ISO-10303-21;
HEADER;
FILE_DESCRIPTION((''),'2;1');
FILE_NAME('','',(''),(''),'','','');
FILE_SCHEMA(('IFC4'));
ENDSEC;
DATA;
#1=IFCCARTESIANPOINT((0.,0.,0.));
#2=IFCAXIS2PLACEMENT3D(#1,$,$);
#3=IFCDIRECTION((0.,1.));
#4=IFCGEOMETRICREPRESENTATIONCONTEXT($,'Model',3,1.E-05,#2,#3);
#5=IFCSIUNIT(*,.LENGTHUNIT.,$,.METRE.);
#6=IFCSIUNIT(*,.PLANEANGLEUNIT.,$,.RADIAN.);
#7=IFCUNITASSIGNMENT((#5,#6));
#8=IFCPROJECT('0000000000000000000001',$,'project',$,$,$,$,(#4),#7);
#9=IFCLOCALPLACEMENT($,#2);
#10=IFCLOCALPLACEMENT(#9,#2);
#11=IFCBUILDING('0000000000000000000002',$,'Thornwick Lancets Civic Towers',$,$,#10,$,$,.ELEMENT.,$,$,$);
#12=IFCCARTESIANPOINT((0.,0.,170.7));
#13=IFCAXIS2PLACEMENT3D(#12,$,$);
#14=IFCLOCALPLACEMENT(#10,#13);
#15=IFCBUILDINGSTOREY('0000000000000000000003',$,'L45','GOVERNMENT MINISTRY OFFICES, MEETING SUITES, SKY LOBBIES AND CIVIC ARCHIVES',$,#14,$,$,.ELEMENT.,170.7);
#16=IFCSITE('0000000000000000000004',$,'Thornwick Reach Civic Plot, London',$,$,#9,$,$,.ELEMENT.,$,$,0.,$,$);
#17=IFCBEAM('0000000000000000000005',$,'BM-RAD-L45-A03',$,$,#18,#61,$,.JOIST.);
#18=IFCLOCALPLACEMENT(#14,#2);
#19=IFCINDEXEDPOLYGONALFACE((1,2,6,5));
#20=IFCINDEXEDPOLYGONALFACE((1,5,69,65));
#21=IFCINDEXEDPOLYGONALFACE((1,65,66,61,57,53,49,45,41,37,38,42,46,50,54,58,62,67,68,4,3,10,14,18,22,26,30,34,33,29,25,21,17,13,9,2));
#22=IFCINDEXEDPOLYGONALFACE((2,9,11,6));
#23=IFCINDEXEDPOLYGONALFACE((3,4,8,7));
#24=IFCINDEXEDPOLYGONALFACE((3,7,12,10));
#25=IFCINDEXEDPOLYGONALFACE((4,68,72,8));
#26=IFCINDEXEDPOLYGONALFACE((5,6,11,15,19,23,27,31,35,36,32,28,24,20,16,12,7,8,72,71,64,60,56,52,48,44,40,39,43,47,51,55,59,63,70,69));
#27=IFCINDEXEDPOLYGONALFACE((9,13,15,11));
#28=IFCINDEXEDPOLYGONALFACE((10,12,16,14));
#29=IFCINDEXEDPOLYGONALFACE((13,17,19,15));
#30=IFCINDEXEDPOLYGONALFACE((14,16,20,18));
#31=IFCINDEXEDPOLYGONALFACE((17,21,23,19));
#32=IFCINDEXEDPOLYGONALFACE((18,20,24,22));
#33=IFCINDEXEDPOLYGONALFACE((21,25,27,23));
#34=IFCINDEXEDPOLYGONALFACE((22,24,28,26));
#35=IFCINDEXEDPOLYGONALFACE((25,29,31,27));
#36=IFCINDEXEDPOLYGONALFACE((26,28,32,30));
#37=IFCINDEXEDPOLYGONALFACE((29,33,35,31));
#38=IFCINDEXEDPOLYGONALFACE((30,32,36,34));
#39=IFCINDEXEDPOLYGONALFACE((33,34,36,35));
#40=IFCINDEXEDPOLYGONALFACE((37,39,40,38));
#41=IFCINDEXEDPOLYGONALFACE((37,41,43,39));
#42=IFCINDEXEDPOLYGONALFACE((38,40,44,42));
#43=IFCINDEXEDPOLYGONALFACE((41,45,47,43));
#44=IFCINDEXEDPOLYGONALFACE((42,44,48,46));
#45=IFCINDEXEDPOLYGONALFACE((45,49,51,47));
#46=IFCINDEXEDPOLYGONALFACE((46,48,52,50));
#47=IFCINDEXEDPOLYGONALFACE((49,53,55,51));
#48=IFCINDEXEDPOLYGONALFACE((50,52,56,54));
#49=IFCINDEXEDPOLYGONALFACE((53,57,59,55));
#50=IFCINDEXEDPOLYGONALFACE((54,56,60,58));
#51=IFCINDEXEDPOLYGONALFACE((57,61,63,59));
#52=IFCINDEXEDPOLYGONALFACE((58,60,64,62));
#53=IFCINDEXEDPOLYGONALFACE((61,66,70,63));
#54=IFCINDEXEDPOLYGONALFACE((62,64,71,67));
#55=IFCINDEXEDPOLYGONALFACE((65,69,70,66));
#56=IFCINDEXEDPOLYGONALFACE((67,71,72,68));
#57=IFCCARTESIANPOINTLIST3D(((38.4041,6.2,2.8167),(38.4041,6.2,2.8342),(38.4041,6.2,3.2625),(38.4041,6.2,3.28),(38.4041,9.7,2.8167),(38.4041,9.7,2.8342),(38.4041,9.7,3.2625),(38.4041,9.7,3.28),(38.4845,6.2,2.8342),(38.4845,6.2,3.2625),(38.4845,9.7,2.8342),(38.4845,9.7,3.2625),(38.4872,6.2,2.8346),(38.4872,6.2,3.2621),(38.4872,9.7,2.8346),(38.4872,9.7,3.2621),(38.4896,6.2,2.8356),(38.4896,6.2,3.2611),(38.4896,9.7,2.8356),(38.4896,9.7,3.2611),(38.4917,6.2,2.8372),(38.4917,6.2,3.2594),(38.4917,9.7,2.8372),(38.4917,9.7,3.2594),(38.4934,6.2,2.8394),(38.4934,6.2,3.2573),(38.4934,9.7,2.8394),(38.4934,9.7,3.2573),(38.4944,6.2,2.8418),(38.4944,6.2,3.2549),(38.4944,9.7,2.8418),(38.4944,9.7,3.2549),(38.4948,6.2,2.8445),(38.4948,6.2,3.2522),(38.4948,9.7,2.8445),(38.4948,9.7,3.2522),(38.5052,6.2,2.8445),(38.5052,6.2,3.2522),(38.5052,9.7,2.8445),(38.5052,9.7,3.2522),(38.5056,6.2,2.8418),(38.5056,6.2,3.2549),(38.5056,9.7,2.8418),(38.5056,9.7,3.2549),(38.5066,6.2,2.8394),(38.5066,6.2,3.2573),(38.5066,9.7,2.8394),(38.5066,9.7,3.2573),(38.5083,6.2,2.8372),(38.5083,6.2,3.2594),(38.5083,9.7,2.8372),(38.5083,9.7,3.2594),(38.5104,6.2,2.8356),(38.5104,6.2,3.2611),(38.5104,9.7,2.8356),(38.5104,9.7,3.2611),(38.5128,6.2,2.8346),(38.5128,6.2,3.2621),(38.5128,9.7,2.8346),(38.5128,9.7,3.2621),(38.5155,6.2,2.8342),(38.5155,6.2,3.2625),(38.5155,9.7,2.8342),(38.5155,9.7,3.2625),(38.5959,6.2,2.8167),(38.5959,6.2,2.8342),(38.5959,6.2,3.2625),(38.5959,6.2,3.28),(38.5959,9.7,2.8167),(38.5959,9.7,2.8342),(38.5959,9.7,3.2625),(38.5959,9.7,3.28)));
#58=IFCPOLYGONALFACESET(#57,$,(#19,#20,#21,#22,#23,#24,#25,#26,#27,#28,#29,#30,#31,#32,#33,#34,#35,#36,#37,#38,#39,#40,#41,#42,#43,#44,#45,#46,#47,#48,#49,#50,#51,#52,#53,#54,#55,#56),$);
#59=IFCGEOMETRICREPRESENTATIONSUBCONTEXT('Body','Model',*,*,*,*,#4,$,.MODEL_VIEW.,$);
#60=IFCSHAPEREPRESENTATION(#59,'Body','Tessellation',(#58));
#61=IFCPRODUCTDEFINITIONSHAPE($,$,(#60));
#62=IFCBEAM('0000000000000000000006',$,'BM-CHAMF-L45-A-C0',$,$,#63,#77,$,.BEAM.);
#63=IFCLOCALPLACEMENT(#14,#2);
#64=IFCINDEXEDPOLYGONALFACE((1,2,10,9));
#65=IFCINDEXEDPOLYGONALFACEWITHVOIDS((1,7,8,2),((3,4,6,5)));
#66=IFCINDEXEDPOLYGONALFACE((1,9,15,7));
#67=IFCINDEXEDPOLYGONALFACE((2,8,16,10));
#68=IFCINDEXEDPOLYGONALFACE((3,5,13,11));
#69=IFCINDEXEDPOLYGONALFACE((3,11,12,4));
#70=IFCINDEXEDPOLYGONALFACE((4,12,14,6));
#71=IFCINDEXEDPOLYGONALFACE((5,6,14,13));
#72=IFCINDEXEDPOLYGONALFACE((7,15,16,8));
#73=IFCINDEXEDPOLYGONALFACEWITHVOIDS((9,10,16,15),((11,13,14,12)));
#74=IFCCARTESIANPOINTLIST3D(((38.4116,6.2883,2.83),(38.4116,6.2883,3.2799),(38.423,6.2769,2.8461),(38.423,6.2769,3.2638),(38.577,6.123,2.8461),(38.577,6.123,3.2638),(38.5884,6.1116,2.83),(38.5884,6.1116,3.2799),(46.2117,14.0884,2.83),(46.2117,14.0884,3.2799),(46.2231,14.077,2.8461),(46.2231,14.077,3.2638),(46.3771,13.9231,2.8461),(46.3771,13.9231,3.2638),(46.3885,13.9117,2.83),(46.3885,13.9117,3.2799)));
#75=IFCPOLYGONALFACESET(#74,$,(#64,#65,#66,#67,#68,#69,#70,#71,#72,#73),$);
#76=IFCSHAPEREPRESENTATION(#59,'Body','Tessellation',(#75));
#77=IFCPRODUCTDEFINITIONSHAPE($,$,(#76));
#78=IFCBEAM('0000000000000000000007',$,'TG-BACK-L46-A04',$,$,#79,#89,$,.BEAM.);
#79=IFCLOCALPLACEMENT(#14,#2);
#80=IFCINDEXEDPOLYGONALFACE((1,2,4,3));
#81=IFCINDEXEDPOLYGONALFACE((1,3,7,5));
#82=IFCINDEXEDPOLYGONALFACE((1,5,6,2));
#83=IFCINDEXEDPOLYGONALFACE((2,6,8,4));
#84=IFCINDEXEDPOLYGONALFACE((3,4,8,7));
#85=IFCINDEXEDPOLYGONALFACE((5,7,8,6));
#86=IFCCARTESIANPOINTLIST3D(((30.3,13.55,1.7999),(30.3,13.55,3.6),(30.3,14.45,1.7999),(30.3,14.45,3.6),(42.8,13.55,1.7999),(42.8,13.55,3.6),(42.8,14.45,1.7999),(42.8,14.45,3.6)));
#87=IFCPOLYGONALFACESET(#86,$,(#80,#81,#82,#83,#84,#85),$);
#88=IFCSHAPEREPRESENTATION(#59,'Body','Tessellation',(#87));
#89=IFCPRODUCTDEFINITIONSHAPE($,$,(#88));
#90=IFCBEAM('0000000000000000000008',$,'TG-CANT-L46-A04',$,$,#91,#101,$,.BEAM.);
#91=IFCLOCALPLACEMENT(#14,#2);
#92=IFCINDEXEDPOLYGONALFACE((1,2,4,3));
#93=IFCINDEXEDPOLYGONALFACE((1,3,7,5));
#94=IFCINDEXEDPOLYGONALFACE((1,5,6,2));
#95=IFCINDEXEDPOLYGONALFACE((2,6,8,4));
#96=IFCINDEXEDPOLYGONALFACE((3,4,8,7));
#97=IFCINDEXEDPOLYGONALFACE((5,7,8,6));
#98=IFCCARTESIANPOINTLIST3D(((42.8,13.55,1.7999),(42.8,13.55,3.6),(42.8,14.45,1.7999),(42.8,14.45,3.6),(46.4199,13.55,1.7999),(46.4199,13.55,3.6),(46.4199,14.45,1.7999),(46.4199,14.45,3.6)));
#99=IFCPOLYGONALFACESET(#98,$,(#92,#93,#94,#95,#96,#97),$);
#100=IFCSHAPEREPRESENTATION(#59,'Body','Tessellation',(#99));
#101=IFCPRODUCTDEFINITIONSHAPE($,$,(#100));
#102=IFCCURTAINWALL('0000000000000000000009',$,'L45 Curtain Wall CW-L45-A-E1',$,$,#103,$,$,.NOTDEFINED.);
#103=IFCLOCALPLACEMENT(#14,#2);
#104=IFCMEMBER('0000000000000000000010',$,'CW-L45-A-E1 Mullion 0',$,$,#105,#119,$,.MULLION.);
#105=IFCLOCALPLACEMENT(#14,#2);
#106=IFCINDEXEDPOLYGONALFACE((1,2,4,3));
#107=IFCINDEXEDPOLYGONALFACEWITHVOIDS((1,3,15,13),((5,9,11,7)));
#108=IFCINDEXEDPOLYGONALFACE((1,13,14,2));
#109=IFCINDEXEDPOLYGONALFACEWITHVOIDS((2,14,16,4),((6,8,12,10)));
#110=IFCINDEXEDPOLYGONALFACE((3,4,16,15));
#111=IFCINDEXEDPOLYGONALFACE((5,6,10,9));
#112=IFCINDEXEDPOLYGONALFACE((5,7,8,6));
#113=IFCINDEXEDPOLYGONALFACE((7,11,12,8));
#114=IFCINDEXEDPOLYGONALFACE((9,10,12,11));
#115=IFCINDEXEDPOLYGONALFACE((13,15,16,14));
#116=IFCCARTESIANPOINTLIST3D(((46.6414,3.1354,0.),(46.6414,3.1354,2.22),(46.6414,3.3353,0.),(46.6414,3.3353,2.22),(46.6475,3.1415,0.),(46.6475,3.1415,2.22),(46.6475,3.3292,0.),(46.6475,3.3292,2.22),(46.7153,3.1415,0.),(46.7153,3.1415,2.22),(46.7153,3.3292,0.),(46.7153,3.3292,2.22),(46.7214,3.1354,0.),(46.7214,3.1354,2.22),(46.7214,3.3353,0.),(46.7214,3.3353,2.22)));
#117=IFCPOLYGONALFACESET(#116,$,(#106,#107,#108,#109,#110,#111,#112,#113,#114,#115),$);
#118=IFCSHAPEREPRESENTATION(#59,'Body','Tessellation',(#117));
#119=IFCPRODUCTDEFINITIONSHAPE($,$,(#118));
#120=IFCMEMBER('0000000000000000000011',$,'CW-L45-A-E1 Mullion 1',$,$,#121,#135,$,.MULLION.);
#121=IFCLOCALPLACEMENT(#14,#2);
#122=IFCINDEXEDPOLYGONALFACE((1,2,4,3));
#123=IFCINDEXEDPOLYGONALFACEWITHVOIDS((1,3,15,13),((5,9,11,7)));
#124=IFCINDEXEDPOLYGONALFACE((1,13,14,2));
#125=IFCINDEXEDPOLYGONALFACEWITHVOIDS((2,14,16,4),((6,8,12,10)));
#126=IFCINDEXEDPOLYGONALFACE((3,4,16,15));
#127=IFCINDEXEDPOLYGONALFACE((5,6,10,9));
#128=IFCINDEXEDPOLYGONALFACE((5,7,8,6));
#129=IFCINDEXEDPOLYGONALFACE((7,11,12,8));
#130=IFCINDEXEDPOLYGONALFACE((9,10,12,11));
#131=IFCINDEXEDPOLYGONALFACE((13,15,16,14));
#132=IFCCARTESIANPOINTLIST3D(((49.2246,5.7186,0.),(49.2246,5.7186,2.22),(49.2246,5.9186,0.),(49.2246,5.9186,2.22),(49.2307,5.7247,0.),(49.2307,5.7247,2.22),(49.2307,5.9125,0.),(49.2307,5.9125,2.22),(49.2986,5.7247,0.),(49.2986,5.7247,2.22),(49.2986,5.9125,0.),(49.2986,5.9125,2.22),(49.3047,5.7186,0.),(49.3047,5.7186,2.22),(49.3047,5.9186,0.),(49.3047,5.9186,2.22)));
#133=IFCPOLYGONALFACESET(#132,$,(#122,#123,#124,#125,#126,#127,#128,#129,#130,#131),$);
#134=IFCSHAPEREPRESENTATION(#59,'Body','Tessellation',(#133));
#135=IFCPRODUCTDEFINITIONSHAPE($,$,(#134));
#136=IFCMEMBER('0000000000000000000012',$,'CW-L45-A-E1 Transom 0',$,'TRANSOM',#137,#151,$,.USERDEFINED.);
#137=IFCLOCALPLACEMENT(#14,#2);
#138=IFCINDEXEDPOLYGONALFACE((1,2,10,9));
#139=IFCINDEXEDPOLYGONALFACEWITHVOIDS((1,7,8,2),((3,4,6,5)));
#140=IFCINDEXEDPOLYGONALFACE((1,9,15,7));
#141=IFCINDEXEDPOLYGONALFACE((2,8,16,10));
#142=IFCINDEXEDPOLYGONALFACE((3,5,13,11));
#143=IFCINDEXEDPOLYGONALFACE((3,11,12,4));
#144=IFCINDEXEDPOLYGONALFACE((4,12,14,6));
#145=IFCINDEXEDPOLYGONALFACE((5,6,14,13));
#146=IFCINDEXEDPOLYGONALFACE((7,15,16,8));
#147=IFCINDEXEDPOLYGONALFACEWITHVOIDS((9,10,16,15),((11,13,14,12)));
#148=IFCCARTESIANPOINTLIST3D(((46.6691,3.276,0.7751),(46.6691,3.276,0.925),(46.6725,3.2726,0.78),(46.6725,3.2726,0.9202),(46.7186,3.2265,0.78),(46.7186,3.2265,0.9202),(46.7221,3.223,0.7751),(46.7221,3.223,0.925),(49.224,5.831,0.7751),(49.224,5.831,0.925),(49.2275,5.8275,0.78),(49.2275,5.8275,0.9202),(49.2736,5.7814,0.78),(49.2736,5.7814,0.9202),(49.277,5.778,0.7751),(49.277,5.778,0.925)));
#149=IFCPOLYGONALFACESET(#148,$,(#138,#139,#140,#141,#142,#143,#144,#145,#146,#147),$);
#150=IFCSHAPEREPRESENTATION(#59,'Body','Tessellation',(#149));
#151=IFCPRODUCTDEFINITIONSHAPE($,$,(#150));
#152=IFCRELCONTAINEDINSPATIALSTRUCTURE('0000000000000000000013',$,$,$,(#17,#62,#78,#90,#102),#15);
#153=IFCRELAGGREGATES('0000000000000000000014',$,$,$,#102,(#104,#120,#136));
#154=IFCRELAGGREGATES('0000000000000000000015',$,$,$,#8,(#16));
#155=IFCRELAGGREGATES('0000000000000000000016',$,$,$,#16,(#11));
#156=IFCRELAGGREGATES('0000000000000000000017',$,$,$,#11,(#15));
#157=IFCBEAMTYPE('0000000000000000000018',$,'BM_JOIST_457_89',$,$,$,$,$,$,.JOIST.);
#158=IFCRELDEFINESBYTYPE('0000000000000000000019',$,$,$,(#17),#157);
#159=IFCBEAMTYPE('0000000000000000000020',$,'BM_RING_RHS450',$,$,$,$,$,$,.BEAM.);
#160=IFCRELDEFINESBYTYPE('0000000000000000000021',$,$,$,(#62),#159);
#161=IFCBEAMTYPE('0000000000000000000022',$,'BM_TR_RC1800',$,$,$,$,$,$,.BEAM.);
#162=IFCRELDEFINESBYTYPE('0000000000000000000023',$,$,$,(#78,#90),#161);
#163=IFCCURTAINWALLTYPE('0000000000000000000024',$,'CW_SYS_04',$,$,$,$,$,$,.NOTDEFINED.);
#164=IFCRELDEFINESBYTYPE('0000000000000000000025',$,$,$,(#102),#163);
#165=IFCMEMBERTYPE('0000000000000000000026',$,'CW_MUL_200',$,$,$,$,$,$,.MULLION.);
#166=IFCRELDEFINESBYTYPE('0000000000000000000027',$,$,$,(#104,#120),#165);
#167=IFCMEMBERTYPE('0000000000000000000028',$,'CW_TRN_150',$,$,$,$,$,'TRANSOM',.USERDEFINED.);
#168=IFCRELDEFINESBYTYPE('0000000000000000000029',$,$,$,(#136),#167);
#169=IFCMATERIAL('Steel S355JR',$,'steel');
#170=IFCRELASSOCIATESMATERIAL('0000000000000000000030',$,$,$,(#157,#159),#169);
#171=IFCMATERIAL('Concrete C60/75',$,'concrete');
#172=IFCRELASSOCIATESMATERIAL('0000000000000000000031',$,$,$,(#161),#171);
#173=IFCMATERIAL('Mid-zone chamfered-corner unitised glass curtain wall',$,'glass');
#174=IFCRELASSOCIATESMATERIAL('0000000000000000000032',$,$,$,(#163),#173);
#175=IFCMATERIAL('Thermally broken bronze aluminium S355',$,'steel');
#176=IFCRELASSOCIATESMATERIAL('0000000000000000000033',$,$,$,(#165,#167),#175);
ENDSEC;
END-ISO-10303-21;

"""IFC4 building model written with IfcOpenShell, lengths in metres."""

from ifc_helpers import new_model, si_unit, direction, frame, origin, origin_2d, place, context, subcontext, project, spatial, rectangle, hollow_rectangle, i_section, extrude, material, material_profile, profile_set, type_object, element, aggregate, save


model = new_model("IFC4")

# Units and contexts
model_context = context("Model", 3, precision=1e-05, world=origin(), true_north=direction((0.0, 1.0)))
body_context = subcontext(model_context, "Body", "Model", "MODEL_VIEW")
ifc_project = project(units=[si_unit("LENGTHUNIT", "METRE"), si_unit("PLANEANGLEUNIT", "RADIAN")], contexts=[model_context])

# Site, building, storey
site_placement = place(None, origin())
site = spatial("IfcSite", under=ifc_project, at=site_placement, Name="Thornwick Reach Civic Plot, London", CompositionType="ELEMENT", RefElevation=0.0)
building_placement = place(site_placement, origin())
building = spatial("IfcBuilding", under=site, at=building_placement, Name="Thornwick Lancets Civic Towers", CompositionType="ELEMENT")
storey_placement = place(building_placement, frame((0.0, 0.0, 170.7)))
storey = spatial("IfcBuildingStorey", under=building, at=storey_placement, Name="L45", Description="GOVERNMENT MINISTRY OFFICES, MEETING SUITES, SKY LOBBIES AND CIVIC ARCHIVES", CompositionType="ELEMENT", Elevation=170.7)

# Beams
ifc_material_1 = material(Name="Concrete C60/75", Category="concrete")
ifc_material_2 = material(Name="Steel S355JR", Category="steel")
ifc_material_profile_1 = material_profile(ifc_material_2, i_section(OverallWidth=0.1919, OverallDepth=0.4634, WebThickness=0.0105, FlangeThickness=0.0176, FilletRadius=0.0103, at=origin_2d()), Name="UKB 457x191x89")
ifc_profile_set_1 = profile_set([ifc_material_profile_1], Name="Steel S355JR")
beam_type_1 = type_object("IfcBeamType", Name="BM_JOIST_457_89", PredefinedType="JOIST", material=ifc_profile_set_1)
for number, where, z_axis, x_axis, name in (
    (1, (38.5, 9.7, 3.0483), (0.0, -1.0, 0.0), (1.0, 0.0, 0.0), "BM-RAD-L45-A03"),
):
    element("IfcBeam", number, at=place(storey_placement, frame(where, z_axis=z_axis, x_axis=x_axis)), inside=storey, type_object=beam_type_1, Name=name, PredefinedType="JOIST", context=body_context, shape_type="SweptSolid", body=[
        extrude(i_section(OverallWidth=0.1919, OverallDepth=0.4634, WebThickness=0.0105, FlangeThickness=0.0176, FilletRadius=0.0103, at=origin_2d()), origin(), (0.0, 0.0, 1.0), 3.5),
    ])
ifc_material_profile_2 = material_profile(ifc_material_2, hollow_rectangle(XDim=0.25, YDim=0.45, WallThickness=0.0161, at=origin_2d()), Name="RHS 450x250x16")
ifc_profile_set_2 = profile_set([ifc_material_profile_2], Name="Steel S355JR")
beam_type_2 = type_object("IfcBeamType", Name="BM_RING_RHS450", PredefinedType="BEAM", material=ifc_profile_set_2)
beam_1_placement = place(storey_placement, frame((38.5, 6.2, 3.0549), z_axis=(0.707107, 0.707107, 0.0), x_axis=(-0.707107, 0.707107, 0.0)))
element("IfcBeam", 2, at=beam_1_placement, inside=storey, type_object=beam_type_2, Name="BM-CHAMF-L45-A-C0", PredefinedType="BEAM", context=body_context, shape_type="SweptSolid", body=[
    extrude(hollow_rectangle(XDim=0.25, YDim=0.45, WallThickness=0.0161, at=origin_2d()), origin(), (0.0, 0.0, 1.0), 11.031),
])
ifc_material_profile_3 = material_profile(ifc_material_1, rectangle(XDim=0.8999, YDim=1.8, at=origin_2d()), Name="RC 900x1800")
ifc_profile_set_3 = profile_set([ifc_material_profile_3], Name="Concrete C60/75")
beam_type_3 = type_object("IfcBeamType", Name="BM_TR_RC1800", PredefinedType="BEAM", material=ifc_profile_set_3)
beam_2_placement = place(storey_placement, frame((30.3, 14.0, 2.7), z_axis=(1.0, 0.0, 0.0), x_axis=(0.0, 1.0, 0.0)))
element("IfcBeam", 3, at=beam_2_placement, inside=storey, type_object=beam_type_3, Name="TG-BACK-L46-A04", PredefinedType="BEAM", context=body_context, shape_type="SweptSolid", body=[
    extrude(rectangle(XDim=0.8999, YDim=1.8, at=origin_2d()), origin(), (0.0, 0.0, 1.0), 12.5),
])
beam_3_placement = place(storey_placement, frame((42.8, 14.0, 2.7), z_axis=(1.0, 0.0, 0.0), x_axis=(0.0, 1.0, 0.0)))
element("IfcBeam", 4, at=beam_3_placement, inside=storey, type_object=beam_type_3, Name="TG-CANT-L46-A04", PredefinedType="BEAM", context=body_context, shape_type="SweptSolid", body=[
    extrude(rectangle(XDim=0.8999, YDim=1.8, at=origin_2d()), origin(), (0.0, 0.0, 1.0), 3.6199),
])

# Curtain wall, members
ifc_material_3 = material(Name="Mid-zone chamfered-corner unitised glass curtain wall", Category="glass")
curtain_wall_type = type_object("IfcCurtainWallType", Name="CW_SYS_04", PredefinedType="NOTDEFINED", material=ifc_material_3)
curtain_wall_placement = place(storey_placement, origin())
curtain_wall = element("IfcCurtainWall", 5, at=curtain_wall_placement, inside=storey, type_object=curtain_wall_type, Name="L45 Curtain Wall CW-L45-A-E1", PredefinedType="NOTDEFINED")
ifc_material_4 = material(Name="Thermally broken bronze aluminium S355", Category="steel")
ifc_material_profile_4 = material_profile(ifc_material_4, hollow_rectangle(XDim=0.0801, YDim=0.2, WallThickness=0.0061, at=origin_2d()), Name="RHS 200x80x6")
ifc_profile_set_4 = profile_set([ifc_material_profile_4], Name="Thermally broken bronze aluminium S355")
member_type_1 = type_object("IfcMemberType", Name="CW_MUL_200", PredefinedType="MULLION", material=ifc_profile_set_4)
member_1_placement = place(storey_placement, frame((46.6814, 3.2354, 0.0), z_axis=(0.0, 0.0, 1.0), x_axis=(1.0, 0.0, 0.0)))
member_1 = element("IfcMember", 6, at=member_1_placement, type_object=member_type_1, Name="CW-L45-A-E1 Mullion 0", PredefinedType="MULLION", context=body_context, shape_type="SweptSolid", body=[
    extrude(hollow_rectangle(XDim=0.0801, YDim=0.2, WallThickness=0.0061, at=origin_2d()), origin(), (0.0, 0.0, 1.0), 2.22),
])
member_2_placement = place(storey_placement, frame((49.2646, 5.8186, 0.0), z_axis=(0.0, 0.0, 1.0), x_axis=(1.0, 0.0, 0.0)))
member_2 = element("IfcMember", 7, at=member_2_placement, type_object=member_type_1, Name="CW-L45-A-E1 Mullion 1", PredefinedType="MULLION", context=body_context, shape_type="SweptSolid", body=[
    extrude(hollow_rectangle(XDim=0.0801, YDim=0.2, WallThickness=0.0061, at=origin_2d()), origin(), (0.0, 0.0, 1.0), 2.22),
])
ifc_material_profile_5 = material_profile(ifc_material_4, hollow_rectangle(XDim=0.075, YDim=0.1499, WallThickness=0.0049, at=origin_2d()), Name="RHS 150x75x5")
ifc_profile_set_5 = profile_set([ifc_material_profile_5], Name="Thermally broken bronze aluminium S355")
member_type_2 = type_object("IfcMemberType", Name="CW_TRN_150", ElementType="TRANSOM", PredefinedType="USERDEFINED", material=ifc_profile_set_5)
member_3_placement = place(storey_placement, frame((46.6956, 3.2495, 0.8501), z_axis=(0.707107, 0.707107, 0.0), x_axis=(-0.707107, 0.707107, 0.0)))
member_3 = element("IfcMember", 8, at=member_3_placement, type_object=member_type_2, Name="CW-L45-A-E1 Transom 0", ObjectType="TRANSOM", PredefinedType="USERDEFINED", context=body_context, shape_type="SweptSolid", body=[
    extrude(hollow_rectangle(XDim=0.075, YDim=0.1499, WallThickness=0.0049, at=origin_2d()), origin(), (0.0, 0.0, 1.0), 3.6133),
])

aggregate(curtain_wall, [member_1, member_2, member_3])

save(model, "model.ifc")
